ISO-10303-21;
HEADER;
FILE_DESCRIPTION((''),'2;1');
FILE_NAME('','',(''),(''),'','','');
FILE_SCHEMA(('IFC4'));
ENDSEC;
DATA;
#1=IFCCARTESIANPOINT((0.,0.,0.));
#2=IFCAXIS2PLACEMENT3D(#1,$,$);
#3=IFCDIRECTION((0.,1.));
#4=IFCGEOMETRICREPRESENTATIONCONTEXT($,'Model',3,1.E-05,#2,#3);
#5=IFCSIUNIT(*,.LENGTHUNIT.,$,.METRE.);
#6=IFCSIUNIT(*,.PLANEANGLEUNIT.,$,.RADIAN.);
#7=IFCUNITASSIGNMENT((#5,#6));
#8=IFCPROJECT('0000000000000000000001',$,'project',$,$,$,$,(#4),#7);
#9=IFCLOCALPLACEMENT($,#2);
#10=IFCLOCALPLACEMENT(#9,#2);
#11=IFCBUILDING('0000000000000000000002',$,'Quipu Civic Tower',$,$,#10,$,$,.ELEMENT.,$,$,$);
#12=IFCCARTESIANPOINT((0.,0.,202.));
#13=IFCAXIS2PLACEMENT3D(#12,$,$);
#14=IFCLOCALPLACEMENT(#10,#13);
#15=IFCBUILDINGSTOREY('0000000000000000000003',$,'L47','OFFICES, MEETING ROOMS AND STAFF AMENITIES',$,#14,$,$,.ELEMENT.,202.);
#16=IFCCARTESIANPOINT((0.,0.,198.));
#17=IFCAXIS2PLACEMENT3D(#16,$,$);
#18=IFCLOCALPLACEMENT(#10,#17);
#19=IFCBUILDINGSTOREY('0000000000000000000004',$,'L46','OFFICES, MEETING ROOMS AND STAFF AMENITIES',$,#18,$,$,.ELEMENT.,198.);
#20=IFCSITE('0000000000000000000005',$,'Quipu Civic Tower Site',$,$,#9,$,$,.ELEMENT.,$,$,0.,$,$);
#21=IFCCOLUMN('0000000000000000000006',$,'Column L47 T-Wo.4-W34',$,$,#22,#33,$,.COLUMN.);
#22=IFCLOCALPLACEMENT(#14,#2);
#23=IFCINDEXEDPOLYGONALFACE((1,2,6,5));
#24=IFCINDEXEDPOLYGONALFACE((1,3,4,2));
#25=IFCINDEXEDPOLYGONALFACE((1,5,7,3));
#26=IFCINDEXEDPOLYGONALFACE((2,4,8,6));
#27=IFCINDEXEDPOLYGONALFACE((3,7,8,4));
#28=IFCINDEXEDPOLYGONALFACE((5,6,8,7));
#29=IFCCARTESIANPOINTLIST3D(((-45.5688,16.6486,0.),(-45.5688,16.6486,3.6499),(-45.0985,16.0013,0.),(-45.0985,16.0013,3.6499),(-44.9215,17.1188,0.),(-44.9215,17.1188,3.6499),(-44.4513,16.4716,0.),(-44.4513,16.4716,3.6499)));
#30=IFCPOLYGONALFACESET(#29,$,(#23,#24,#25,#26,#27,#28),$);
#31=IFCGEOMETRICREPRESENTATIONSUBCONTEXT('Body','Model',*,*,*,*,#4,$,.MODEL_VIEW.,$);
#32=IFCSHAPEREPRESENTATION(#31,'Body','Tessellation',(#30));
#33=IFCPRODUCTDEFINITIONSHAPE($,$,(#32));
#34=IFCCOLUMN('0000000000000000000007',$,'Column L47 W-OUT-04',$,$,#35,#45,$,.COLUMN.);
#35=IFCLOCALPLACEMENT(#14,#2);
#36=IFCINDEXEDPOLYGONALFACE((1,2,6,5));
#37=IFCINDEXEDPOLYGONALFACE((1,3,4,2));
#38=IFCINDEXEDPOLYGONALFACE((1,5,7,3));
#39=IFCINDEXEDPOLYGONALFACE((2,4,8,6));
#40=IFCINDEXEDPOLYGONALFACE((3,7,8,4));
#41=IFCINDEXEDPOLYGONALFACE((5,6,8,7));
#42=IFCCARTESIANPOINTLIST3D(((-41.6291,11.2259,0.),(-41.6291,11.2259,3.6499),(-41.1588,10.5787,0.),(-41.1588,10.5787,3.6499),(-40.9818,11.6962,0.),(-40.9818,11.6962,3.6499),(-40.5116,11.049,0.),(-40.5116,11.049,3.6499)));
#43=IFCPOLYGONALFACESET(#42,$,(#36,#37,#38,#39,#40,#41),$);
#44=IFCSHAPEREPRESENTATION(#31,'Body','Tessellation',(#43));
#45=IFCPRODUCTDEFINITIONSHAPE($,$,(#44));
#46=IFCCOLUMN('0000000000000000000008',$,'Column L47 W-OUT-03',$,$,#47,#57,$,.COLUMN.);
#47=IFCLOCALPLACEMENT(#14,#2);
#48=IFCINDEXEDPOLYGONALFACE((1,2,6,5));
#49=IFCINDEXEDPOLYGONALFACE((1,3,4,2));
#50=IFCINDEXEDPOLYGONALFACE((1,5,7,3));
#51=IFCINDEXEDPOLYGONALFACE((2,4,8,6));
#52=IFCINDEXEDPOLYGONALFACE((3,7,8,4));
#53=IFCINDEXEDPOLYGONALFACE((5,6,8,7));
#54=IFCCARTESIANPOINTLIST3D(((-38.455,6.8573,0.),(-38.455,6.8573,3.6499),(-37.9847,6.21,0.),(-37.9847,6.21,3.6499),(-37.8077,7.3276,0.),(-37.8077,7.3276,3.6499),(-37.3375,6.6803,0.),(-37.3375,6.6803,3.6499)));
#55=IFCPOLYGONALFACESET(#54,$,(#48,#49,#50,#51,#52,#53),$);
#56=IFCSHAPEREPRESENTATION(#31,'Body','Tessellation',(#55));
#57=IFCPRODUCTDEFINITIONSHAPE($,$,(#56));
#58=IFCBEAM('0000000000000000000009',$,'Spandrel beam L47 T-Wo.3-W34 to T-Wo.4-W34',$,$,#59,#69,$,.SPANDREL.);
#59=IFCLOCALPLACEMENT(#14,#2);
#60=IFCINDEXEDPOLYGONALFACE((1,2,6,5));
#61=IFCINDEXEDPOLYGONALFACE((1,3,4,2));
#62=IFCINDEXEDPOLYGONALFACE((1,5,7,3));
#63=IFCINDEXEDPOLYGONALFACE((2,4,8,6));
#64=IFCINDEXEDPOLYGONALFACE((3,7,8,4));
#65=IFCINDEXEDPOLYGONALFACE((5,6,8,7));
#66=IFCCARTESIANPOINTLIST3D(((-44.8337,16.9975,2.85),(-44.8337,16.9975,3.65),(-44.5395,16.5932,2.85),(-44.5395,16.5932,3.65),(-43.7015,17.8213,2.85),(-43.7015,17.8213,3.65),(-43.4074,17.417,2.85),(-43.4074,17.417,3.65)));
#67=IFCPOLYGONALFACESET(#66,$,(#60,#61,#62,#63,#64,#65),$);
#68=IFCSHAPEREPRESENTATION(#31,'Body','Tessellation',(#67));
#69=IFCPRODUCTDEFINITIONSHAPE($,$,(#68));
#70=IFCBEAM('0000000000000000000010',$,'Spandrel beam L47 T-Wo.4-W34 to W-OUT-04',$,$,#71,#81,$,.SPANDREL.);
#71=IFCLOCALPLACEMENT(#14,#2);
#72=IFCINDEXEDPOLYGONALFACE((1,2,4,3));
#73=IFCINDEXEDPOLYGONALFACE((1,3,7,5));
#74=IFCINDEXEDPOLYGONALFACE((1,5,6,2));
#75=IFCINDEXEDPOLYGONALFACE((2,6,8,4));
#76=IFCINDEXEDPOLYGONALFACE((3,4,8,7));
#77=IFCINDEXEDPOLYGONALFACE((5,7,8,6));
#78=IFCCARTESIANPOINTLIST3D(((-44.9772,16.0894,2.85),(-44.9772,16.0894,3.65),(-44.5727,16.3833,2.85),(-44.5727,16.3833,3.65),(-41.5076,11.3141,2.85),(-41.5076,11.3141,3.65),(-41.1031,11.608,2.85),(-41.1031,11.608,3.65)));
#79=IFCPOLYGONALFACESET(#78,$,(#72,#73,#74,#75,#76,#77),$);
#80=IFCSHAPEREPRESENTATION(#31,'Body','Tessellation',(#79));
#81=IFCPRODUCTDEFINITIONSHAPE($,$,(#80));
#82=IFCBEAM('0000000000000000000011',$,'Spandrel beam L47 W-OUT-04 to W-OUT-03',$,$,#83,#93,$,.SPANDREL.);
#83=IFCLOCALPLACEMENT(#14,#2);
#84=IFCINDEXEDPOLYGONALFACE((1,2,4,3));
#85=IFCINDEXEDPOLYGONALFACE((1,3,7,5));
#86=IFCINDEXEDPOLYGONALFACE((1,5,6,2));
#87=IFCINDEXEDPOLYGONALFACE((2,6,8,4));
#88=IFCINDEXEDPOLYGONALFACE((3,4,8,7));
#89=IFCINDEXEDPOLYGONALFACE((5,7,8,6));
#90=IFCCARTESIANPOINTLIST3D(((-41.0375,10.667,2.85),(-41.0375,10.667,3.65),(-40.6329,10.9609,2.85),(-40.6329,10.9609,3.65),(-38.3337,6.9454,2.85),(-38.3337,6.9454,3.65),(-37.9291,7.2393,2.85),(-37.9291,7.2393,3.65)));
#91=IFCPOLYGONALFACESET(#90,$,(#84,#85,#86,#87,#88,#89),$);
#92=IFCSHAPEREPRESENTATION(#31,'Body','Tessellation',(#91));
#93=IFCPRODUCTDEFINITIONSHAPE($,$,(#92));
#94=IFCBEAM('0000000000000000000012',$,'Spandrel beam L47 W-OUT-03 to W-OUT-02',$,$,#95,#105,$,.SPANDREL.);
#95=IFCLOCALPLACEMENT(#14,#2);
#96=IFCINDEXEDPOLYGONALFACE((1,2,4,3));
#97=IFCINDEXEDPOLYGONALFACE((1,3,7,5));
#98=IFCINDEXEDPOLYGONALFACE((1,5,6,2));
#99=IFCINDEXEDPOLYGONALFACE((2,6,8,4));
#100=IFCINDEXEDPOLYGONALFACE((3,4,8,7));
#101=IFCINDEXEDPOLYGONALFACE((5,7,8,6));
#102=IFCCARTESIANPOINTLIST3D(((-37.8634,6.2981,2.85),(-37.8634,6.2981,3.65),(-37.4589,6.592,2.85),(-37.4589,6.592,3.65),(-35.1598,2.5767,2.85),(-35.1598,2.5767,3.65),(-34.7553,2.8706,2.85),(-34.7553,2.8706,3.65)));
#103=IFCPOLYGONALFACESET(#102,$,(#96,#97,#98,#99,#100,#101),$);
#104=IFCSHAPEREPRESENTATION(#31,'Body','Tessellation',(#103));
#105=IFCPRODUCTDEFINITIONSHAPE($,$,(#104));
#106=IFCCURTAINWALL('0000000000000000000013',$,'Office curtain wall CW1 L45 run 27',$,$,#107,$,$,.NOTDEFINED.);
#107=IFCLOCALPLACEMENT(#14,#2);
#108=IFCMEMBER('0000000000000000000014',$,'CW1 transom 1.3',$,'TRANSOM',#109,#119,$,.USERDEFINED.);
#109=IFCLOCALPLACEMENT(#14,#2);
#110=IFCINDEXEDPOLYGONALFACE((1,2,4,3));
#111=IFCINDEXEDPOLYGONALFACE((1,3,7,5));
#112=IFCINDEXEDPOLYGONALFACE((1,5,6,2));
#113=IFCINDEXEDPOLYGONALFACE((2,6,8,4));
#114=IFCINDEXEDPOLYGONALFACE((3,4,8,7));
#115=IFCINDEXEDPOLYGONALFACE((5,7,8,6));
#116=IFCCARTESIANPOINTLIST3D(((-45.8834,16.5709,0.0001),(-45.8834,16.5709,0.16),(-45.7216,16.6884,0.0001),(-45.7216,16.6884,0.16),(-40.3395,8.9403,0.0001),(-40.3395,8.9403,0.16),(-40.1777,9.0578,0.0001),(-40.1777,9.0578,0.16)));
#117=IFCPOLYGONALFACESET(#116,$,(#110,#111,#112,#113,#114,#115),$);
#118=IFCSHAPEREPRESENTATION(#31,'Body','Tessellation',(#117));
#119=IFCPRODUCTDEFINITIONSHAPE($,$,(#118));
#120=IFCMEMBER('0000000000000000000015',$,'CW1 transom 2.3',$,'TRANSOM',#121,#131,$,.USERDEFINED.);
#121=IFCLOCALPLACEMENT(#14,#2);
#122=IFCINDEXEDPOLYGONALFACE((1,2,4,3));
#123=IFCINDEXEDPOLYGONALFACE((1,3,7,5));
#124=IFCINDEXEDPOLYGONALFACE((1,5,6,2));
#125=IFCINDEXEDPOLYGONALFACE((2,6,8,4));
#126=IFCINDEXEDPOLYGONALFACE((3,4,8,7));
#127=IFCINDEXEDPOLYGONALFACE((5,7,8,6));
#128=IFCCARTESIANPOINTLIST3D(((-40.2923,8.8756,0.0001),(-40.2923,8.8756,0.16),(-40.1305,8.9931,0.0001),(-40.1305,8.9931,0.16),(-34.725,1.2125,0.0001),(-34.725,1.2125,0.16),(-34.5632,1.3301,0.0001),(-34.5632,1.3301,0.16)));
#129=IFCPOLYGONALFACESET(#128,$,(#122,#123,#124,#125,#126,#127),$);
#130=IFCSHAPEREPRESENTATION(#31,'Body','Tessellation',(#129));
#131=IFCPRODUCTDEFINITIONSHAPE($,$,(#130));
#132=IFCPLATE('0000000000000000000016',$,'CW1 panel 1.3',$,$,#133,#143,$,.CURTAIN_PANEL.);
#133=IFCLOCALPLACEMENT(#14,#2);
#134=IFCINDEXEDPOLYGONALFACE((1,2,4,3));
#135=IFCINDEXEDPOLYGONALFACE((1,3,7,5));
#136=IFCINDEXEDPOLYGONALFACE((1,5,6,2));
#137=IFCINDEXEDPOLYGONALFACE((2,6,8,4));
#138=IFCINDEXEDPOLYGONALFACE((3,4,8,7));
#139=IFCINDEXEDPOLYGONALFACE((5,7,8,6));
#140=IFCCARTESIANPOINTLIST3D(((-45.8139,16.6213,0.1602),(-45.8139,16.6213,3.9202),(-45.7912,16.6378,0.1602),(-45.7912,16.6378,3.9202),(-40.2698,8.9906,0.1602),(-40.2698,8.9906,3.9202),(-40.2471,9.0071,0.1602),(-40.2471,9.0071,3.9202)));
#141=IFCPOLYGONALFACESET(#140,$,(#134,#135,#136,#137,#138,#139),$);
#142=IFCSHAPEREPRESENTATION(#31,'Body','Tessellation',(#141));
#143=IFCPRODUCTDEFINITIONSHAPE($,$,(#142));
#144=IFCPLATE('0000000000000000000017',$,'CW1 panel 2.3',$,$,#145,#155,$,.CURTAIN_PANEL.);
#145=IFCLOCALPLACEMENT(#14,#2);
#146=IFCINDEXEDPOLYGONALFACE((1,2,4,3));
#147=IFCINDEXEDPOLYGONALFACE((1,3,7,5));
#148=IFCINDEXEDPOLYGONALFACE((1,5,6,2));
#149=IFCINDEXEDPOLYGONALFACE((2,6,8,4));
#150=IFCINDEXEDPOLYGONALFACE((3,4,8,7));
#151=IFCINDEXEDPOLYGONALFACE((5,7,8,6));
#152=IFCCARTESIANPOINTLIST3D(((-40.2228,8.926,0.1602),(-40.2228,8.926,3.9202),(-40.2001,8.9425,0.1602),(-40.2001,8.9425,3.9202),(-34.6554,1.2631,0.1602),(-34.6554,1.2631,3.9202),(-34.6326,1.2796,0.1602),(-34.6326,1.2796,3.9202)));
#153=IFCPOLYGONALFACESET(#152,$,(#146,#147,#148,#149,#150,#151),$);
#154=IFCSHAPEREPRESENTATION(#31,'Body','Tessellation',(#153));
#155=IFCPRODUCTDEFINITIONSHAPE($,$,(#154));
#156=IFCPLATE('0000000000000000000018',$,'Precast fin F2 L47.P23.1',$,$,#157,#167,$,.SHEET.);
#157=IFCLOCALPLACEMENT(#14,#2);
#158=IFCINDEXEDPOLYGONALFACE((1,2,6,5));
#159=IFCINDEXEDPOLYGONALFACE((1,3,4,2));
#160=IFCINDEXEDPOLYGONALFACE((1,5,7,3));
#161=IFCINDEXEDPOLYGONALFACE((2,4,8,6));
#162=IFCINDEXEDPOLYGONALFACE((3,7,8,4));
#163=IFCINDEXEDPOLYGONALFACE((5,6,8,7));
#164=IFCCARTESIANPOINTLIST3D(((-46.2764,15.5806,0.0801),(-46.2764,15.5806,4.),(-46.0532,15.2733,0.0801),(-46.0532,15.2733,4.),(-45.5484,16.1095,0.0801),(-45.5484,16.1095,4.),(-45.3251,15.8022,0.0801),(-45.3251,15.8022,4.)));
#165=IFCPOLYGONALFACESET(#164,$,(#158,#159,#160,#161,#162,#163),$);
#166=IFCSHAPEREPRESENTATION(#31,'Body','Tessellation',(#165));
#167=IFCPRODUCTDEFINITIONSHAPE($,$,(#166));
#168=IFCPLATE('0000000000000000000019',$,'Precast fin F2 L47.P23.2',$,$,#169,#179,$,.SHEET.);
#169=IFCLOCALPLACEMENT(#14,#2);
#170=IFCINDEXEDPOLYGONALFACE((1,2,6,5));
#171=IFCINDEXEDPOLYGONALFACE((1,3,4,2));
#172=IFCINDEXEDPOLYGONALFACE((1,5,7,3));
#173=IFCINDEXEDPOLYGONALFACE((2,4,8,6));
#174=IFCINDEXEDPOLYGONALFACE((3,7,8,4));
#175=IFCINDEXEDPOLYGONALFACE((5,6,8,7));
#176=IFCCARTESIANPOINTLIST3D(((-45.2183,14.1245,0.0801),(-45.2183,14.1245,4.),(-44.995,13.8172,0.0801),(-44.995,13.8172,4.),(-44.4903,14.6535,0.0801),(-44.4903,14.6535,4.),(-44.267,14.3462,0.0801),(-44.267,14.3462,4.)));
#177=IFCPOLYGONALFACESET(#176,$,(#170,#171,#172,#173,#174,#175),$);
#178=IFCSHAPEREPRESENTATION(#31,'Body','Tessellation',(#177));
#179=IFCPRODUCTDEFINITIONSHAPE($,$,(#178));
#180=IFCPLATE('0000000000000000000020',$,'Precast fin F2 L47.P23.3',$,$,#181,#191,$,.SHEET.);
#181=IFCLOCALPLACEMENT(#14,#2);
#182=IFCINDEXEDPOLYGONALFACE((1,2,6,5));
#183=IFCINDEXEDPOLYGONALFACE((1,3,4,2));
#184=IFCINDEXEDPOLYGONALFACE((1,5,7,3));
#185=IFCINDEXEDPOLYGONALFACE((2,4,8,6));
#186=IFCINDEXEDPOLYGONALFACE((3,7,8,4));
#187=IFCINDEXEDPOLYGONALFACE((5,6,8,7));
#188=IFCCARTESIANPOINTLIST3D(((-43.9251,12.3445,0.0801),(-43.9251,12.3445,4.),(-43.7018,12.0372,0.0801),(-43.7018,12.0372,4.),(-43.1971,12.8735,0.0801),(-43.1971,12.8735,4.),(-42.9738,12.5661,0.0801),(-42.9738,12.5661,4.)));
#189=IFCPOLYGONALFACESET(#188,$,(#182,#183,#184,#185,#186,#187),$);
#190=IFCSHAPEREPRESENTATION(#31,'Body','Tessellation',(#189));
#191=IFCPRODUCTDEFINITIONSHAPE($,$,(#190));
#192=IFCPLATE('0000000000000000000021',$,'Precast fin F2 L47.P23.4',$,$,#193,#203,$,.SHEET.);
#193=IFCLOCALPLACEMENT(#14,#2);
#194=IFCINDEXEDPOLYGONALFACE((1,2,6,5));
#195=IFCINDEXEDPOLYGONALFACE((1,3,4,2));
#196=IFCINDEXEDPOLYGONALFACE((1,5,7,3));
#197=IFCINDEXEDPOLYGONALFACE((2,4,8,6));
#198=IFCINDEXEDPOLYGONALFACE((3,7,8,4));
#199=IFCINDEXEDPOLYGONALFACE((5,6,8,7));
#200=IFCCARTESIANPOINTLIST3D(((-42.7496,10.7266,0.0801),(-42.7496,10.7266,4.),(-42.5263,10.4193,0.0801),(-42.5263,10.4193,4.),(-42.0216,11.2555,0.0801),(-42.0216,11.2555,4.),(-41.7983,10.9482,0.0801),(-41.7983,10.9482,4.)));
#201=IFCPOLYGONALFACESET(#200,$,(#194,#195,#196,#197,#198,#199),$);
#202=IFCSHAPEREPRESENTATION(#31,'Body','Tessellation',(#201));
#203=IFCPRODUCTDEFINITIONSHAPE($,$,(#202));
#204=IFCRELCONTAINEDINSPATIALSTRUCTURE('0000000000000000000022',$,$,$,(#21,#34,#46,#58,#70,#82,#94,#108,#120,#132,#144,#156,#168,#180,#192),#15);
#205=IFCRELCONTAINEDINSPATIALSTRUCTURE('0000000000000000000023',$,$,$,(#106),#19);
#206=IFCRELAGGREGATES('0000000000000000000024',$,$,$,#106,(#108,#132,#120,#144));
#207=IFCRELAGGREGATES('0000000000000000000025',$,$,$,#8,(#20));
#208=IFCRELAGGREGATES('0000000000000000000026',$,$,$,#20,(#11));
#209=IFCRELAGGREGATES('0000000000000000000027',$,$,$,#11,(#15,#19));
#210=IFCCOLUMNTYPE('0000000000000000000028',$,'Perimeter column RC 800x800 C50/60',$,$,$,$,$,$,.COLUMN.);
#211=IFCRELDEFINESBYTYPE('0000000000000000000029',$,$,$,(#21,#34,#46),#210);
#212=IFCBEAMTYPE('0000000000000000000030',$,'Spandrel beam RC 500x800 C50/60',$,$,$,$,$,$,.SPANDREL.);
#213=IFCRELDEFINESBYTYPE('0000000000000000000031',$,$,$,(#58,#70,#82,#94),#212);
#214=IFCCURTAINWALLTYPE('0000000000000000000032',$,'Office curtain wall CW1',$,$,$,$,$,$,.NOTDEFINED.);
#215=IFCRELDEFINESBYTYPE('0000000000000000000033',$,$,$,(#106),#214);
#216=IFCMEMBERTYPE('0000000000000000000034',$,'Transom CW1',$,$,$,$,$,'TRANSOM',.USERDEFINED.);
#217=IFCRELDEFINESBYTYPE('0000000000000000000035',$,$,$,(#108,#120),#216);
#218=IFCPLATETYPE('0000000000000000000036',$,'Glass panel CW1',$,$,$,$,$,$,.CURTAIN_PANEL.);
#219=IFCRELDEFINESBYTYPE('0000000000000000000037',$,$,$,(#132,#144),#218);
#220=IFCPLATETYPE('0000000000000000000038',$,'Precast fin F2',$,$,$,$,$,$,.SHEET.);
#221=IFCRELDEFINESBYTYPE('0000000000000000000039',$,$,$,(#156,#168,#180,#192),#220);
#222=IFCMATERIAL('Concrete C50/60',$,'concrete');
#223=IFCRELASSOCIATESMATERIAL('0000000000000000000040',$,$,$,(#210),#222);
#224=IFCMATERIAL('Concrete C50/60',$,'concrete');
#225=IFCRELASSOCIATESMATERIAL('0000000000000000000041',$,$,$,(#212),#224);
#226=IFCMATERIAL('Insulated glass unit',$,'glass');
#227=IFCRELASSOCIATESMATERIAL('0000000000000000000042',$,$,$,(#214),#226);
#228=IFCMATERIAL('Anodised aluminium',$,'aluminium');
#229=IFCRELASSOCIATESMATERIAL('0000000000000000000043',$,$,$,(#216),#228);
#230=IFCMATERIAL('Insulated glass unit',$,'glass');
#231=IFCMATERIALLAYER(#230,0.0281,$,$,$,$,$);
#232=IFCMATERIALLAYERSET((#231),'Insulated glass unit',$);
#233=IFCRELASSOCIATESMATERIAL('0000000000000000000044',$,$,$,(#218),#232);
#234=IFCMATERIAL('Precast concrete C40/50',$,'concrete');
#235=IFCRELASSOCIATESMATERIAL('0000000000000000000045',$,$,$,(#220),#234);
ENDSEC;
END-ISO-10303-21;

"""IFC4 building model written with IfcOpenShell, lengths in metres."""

from ifc_helpers import new_model, si_unit, direction, frame, origin, origin_2d, place, context, subcontext, project, spatial, rectangle, extrude, material, layer, layer_set, material_profile, profile_set, type_object, element, aggregate, save


model = new_model("IFC4")

# Units and contexts
model_context = context("Model", 3, precision=1e-05, world=origin(), true_north=direction((0.0, 1.0)))
body_context = subcontext(model_context, "Body", "Model", "MODEL_VIEW")
ifc_project = project(units=[si_unit("LENGTHUNIT", "METRE"), si_unit("PLANEANGLEUNIT", "RADIAN")], contexts=[model_context])

# Site, building, storey
site_placement = place(None, origin())
site = spatial("IfcSite", under=ifc_project, at=site_placement, Name="Quipu Civic Tower Site", CompositionType="ELEMENT", RefElevation=0.0)
building_placement = place(site_placement, origin())
building = spatial("IfcBuilding", under=site, at=building_placement, Name="Quipu Civic Tower", CompositionType="ELEMENT")
storey_1_placement = place(building_placement, frame((0.0, 0.0, 202.0)))
storey_1 = spatial("IfcBuildingStorey", under=building, at=storey_1_placement, Name="L47", Description="OFFICES, MEETING ROOMS AND STAFF AMENITIES", CompositionType="ELEMENT", Elevation=202.0)

# Columns
ifc_material_1 = material(Name="Concrete C50/60", Category="concrete")
ifc_material_profile_1 = material_profile(ifc_material_1, rectangle(XDim=0.8, YDim=0.8, at=origin_2d()), Name="RC800x800")
ifc_profile_set_1 = profile_set([ifc_material_profile_1], Name="Concrete C50/60")
column_type = type_object("IfcColumnType", Name="Perimeter column RC 800x800 C50/60", PredefinedType="COLUMN", material=ifc_profile_set_1)
for number, where, z_axis, x_axis, name in (
    (1, (-45.01, 16.5601, 0.0), (0.0, 0.0, 1.0), (0.587785, -0.809017, 0.0), "Column L47 T-Wo.4-W34"),
    (2, (-41.0703, 11.1375, 0.0), (0.0, 0.0, 1.0), (0.587785, -0.809017, 0.0), "Column L47 W-OUT-04"),
    (3, (-37.8962, 6.7688, 0.0), (0.0, 0.0, 1.0), (0.587785, -0.809017, 0.0), "Column L47 W-OUT-03"),
):
    element("IfcColumn", number, at=place(storey_1_placement, frame(where, z_axis=z_axis, x_axis=x_axis)), inside=storey_1, type_object=column_type, Name=name, PredefinedType="COLUMN", context=body_context, shape_type="SweptSolid", body=[
        extrude(rectangle(XDim=0.8, YDim=0.8, at=origin_2d()), origin(), (0.0, 0.0, 1.0), 3.6499),
    ])

# Beams
ifc_material_2 = material(Name="Concrete C50/60", Category="concrete")
ifc_material_profile_2 = material_profile(ifc_material_2, rectangle(XDim=0.5, YDim=0.8, at=origin_2d()), Name="RC500x800")
ifc_profile_set_2 = profile_set([ifc_material_profile_2], Name="Concrete C50/60")
beam_type = type_object("IfcBeamType", Name="Spandrel beam RC 500x800 C50/60", PredefinedType="SPANDREL", material=ifc_profile_set_2)
beam_1_placement = place(storey_1_placement, frame((-43.5544, 17.6191, 3.25), z_axis=(-0.8086, -0.588358, 0.0), x_axis=(0.588358, -0.8086, 0.0)))
element("IfcBeam", 4, at=beam_1_placement, inside=storey_1, type_object=beam_type, Name="Spandrel beam L47 T-Wo.3-W34 to T-Wo.4-W34", PredefinedType="SPANDREL", context=body_context, shape_type="SweptSolid", body=[
    extrude(rectangle(XDim=0.5, YDim=0.8, at=origin_2d()), origin(), (0.0, 0.0, 1.0), 1.4001),
])
beam_2_placement = place(storey_1_placement, frame((-44.7749, 16.2363, 3.25), z_axis=(0.5878, -0.809006, 0.0), x_axis=(0.809006, 0.5878, 0.0)))
element("IfcBeam", 5, at=beam_2_placement, inside=storey_1, type_object=beam_type, Name="Spandrel beam L47 T-Wo.4-W34 to W-OUT-04", PredefinedType="SPANDREL", context=body_context, shape_type="SweptSolid", body=[
    extrude(rectangle(XDim=0.5, YDim=0.8, at=origin_2d()), origin(), (0.0, 0.0, 1.0), 5.9026),
])
beam_3_placement = place(storey_1_placement, frame((-40.8352, 10.814, 3.25), z_axis=(0.587771, -0.809027, 0.0), x_axis=(0.809027, 0.587771, 0.0)))
element("IfcBeam", 6, at=beam_3_placement, inside=storey_1, type_object=beam_type, Name="Spandrel beam L47 W-OUT-04 to W-OUT-03", PredefinedType="SPANDREL", context=body_context, shape_type="SweptSolid", body=[
    extrude(rectangle(XDim=0.5, YDim=0.8, at=origin_2d()), origin(), (0.0, 0.0, 1.0), 4.6001),
])
beam_4_placement = place(storey_1_placement, frame((-37.6611, 6.4451, 3.25), z_axis=(0.587761, -0.809034, 0.0), x_axis=(0.809034, 0.587761, 0.0)))
element("IfcBeam", 7, at=beam_4_placement, inside=storey_1, type_object=beam_type, Name="Spandrel beam L47 W-OUT-03 to W-OUT-02", PredefinedType="SPANDREL", context=body_context, shape_type="SweptSolid", body=[
    extrude(rectangle(XDim=0.5, YDim=0.8, at=origin_2d()), origin(), (0.0, 0.0, 1.0), 4.5999),
])

# Shared definitions
storey_2_placement = place(building_placement, frame((0.0, 0.0, 198.0)))
storey_2 = spatial("IfcBuildingStorey", under=building, at=storey_2_placement, Name="L46", Description="OFFICES, MEETING ROOMS AND STAFF AMENITIES", CompositionType="ELEMENT", Elevation=198.0)

# Curtain wall, members, plates
ifc_material_3 = material(Name="Insulated glass unit", Category="glass")
curtain_wall_type = type_object("IfcCurtainWallType", Name="Office curtain wall CW1", PredefinedType="NOTDEFINED", material=ifc_material_3)
curtain_wall_placement = place(storey_2_placement, origin())
curtain_wall = element("IfcCurtainWall", 8, at=curtain_wall_placement, inside=storey_2, type_object=curtain_wall_type, Name="Office curtain wall CW1 L45 run 27", PredefinedType="NOTDEFINED")
ifc_material_4 = material(Name="Anodised aluminium", Category="aluminium")
ifc_material_profile_3 = material_profile(ifc_material_4, rectangle(XDim=0.2, YDim=0.1599, at=origin_2d()), Name="RECT 200x160")
ifc_profile_set_3 = profile_set([ifc_material_profile_3], Name="Anodised aluminium")
member_type = type_object("IfcMemberType", Name="Transom CW1", ElementType="TRANSOM", PredefinedType="USERDEFINED", material=ifc_profile_set_3)
member_1_placement = place(storey_1_placement, frame((-45.8025, 16.6296, 0.0801), z_axis=(0.587784, -0.809018, 0.0), x_axis=(0.809018, 0.587784, 0.0)))
member_1 = element("IfcMember", 9, at=member_1_placement, inside=storey_1, type_object=member_type, Name="CW1 transom 1.3", ObjectType="TRANSOM", PredefinedType="USERDEFINED", context=body_context, shape_type="SweptSolid", body=[
    extrude(rectangle(XDim=0.2, YDim=0.1599, at=origin_2d()), origin(), (0.0, 0.0, 1.0), 9.4319),
])
member_2_placement = place(storey_1_placement, frame((-40.2114, 8.9343, 0.0801), z_axis=(0.587773, -0.809026, 0.0), x_axis=(0.809026, 0.587773, 0.0)))
member_2 = element("IfcMember", 10, at=member_2_placement, inside=storey_1, type_object=member_type, Name="CW1 transom 2.3", ObjectType="TRANSOM", PredefinedType="USERDEFINED", context=body_context, shape_type="SweptSolid", body=[
    extrude(rectangle(XDim=0.2, YDim=0.1599, at=origin_2d()), origin(), (0.0, 0.0, 1.0), 9.4719),
])
ifc_material_5 = material(Name="Insulated glass unit", Category="glass")
ifc_layer_1 = layer(ifc_material_5, 0.0281)
ifc_layer_set_1 = layer_set([ifc_layer_1], Name="Insulated glass unit")
plate_type_1 = type_object("IfcPlateType", Name="Glass panel CW1", PredefinedType="CURTAIN_PANEL", material=ifc_layer_set_1)
plate_1_placement = place(storey_1_placement, frame((-43.0305, 12.8142, 0.1602), z_axis=(0.0, 0.0, 1.0), x_axis=(0.587786, -0.809017, 0.0)))
plate_1 = element("IfcPlate", 11, at=plate_1_placement, inside=storey_1, type_object=plate_type_1, Name="CW1 panel 1.3", PredefinedType="CURTAIN_PANEL", context=body_context, shape_type="SweptSolid", body=[
    extrude(rectangle(XDim=9.4321, YDim=0.0281, at=origin_2d()), origin(), (0.0, 0.0, 1.0), 3.76),
])
plate_2_placement = place(storey_1_placement, frame((-37.4277, 5.1028, 0.1602), z_axis=(0.0, 0.0, 1.0), x_axis=(0.587786, -0.809017, 0.0)))
plate_2 = element("IfcPlate", 12, at=plate_2_placement, inside=storey_1, type_object=plate_type_1, Name="CW1 panel 2.3", PredefinedType="CURTAIN_PANEL", context=body_context, shape_type="SweptSolid", body=[
    extrude(rectangle(XDim=9.4719, YDim=0.0281, at=origin_2d()), origin(), (0.0, 0.0, 1.0), 3.76),
])
aggregate(curtain_wall, [member_1, plate_1, member_2, plate_2])

# Plates
ifc_material_6 = material(Name="Precast concrete C40/50", Category="concrete")
plate_type_2 = type_object("IfcPlateType", Name="Precast fin F2", PredefinedType="SHEET", material=ifc_material_6)
for number, where, z_axis, x_axis, name in (
    (13, (-45.8008, 15.6914, 0.0801), (0.0, 0.0, 1.0), (0.587786, -0.809017, 0.0), "Precast fin F2 L47.P23.1"),
    (14, (-44.7427, 14.2354, 0.0801), (0.0, 0.0, 1.0), (0.587786, -0.809017, 0.0), "Precast fin F2 L47.P23.2"),
    (15, (-43.4495, 12.4553, 0.0801), (0.0, 0.0, 1.0), (0.587786, -0.809017, 0.0), "Precast fin F2 L47.P23.3"),
    (16, (-42.2739, 10.8374, 0.0801), (0.0, 0.0, 1.0), (0.587786, -0.809017, 0.0), "Precast fin F2 L47.P23.4"),
):
    element("IfcPlate", number, at=place(storey_1_placement, frame(where, z_axis=z_axis, x_axis=x_axis)), inside=storey_1, type_object=plate_type_2, Name=name, PredefinedType="SHEET", context=body_context, shape_type="SweptSolid", body=[
        extrude(rectangle(XDim=0.3799, YDim=0.8999, at=origin_2d()), origin(), (0.0, 0.0, 1.0), 3.9199),
    ])

save(model, "model.ifc")
